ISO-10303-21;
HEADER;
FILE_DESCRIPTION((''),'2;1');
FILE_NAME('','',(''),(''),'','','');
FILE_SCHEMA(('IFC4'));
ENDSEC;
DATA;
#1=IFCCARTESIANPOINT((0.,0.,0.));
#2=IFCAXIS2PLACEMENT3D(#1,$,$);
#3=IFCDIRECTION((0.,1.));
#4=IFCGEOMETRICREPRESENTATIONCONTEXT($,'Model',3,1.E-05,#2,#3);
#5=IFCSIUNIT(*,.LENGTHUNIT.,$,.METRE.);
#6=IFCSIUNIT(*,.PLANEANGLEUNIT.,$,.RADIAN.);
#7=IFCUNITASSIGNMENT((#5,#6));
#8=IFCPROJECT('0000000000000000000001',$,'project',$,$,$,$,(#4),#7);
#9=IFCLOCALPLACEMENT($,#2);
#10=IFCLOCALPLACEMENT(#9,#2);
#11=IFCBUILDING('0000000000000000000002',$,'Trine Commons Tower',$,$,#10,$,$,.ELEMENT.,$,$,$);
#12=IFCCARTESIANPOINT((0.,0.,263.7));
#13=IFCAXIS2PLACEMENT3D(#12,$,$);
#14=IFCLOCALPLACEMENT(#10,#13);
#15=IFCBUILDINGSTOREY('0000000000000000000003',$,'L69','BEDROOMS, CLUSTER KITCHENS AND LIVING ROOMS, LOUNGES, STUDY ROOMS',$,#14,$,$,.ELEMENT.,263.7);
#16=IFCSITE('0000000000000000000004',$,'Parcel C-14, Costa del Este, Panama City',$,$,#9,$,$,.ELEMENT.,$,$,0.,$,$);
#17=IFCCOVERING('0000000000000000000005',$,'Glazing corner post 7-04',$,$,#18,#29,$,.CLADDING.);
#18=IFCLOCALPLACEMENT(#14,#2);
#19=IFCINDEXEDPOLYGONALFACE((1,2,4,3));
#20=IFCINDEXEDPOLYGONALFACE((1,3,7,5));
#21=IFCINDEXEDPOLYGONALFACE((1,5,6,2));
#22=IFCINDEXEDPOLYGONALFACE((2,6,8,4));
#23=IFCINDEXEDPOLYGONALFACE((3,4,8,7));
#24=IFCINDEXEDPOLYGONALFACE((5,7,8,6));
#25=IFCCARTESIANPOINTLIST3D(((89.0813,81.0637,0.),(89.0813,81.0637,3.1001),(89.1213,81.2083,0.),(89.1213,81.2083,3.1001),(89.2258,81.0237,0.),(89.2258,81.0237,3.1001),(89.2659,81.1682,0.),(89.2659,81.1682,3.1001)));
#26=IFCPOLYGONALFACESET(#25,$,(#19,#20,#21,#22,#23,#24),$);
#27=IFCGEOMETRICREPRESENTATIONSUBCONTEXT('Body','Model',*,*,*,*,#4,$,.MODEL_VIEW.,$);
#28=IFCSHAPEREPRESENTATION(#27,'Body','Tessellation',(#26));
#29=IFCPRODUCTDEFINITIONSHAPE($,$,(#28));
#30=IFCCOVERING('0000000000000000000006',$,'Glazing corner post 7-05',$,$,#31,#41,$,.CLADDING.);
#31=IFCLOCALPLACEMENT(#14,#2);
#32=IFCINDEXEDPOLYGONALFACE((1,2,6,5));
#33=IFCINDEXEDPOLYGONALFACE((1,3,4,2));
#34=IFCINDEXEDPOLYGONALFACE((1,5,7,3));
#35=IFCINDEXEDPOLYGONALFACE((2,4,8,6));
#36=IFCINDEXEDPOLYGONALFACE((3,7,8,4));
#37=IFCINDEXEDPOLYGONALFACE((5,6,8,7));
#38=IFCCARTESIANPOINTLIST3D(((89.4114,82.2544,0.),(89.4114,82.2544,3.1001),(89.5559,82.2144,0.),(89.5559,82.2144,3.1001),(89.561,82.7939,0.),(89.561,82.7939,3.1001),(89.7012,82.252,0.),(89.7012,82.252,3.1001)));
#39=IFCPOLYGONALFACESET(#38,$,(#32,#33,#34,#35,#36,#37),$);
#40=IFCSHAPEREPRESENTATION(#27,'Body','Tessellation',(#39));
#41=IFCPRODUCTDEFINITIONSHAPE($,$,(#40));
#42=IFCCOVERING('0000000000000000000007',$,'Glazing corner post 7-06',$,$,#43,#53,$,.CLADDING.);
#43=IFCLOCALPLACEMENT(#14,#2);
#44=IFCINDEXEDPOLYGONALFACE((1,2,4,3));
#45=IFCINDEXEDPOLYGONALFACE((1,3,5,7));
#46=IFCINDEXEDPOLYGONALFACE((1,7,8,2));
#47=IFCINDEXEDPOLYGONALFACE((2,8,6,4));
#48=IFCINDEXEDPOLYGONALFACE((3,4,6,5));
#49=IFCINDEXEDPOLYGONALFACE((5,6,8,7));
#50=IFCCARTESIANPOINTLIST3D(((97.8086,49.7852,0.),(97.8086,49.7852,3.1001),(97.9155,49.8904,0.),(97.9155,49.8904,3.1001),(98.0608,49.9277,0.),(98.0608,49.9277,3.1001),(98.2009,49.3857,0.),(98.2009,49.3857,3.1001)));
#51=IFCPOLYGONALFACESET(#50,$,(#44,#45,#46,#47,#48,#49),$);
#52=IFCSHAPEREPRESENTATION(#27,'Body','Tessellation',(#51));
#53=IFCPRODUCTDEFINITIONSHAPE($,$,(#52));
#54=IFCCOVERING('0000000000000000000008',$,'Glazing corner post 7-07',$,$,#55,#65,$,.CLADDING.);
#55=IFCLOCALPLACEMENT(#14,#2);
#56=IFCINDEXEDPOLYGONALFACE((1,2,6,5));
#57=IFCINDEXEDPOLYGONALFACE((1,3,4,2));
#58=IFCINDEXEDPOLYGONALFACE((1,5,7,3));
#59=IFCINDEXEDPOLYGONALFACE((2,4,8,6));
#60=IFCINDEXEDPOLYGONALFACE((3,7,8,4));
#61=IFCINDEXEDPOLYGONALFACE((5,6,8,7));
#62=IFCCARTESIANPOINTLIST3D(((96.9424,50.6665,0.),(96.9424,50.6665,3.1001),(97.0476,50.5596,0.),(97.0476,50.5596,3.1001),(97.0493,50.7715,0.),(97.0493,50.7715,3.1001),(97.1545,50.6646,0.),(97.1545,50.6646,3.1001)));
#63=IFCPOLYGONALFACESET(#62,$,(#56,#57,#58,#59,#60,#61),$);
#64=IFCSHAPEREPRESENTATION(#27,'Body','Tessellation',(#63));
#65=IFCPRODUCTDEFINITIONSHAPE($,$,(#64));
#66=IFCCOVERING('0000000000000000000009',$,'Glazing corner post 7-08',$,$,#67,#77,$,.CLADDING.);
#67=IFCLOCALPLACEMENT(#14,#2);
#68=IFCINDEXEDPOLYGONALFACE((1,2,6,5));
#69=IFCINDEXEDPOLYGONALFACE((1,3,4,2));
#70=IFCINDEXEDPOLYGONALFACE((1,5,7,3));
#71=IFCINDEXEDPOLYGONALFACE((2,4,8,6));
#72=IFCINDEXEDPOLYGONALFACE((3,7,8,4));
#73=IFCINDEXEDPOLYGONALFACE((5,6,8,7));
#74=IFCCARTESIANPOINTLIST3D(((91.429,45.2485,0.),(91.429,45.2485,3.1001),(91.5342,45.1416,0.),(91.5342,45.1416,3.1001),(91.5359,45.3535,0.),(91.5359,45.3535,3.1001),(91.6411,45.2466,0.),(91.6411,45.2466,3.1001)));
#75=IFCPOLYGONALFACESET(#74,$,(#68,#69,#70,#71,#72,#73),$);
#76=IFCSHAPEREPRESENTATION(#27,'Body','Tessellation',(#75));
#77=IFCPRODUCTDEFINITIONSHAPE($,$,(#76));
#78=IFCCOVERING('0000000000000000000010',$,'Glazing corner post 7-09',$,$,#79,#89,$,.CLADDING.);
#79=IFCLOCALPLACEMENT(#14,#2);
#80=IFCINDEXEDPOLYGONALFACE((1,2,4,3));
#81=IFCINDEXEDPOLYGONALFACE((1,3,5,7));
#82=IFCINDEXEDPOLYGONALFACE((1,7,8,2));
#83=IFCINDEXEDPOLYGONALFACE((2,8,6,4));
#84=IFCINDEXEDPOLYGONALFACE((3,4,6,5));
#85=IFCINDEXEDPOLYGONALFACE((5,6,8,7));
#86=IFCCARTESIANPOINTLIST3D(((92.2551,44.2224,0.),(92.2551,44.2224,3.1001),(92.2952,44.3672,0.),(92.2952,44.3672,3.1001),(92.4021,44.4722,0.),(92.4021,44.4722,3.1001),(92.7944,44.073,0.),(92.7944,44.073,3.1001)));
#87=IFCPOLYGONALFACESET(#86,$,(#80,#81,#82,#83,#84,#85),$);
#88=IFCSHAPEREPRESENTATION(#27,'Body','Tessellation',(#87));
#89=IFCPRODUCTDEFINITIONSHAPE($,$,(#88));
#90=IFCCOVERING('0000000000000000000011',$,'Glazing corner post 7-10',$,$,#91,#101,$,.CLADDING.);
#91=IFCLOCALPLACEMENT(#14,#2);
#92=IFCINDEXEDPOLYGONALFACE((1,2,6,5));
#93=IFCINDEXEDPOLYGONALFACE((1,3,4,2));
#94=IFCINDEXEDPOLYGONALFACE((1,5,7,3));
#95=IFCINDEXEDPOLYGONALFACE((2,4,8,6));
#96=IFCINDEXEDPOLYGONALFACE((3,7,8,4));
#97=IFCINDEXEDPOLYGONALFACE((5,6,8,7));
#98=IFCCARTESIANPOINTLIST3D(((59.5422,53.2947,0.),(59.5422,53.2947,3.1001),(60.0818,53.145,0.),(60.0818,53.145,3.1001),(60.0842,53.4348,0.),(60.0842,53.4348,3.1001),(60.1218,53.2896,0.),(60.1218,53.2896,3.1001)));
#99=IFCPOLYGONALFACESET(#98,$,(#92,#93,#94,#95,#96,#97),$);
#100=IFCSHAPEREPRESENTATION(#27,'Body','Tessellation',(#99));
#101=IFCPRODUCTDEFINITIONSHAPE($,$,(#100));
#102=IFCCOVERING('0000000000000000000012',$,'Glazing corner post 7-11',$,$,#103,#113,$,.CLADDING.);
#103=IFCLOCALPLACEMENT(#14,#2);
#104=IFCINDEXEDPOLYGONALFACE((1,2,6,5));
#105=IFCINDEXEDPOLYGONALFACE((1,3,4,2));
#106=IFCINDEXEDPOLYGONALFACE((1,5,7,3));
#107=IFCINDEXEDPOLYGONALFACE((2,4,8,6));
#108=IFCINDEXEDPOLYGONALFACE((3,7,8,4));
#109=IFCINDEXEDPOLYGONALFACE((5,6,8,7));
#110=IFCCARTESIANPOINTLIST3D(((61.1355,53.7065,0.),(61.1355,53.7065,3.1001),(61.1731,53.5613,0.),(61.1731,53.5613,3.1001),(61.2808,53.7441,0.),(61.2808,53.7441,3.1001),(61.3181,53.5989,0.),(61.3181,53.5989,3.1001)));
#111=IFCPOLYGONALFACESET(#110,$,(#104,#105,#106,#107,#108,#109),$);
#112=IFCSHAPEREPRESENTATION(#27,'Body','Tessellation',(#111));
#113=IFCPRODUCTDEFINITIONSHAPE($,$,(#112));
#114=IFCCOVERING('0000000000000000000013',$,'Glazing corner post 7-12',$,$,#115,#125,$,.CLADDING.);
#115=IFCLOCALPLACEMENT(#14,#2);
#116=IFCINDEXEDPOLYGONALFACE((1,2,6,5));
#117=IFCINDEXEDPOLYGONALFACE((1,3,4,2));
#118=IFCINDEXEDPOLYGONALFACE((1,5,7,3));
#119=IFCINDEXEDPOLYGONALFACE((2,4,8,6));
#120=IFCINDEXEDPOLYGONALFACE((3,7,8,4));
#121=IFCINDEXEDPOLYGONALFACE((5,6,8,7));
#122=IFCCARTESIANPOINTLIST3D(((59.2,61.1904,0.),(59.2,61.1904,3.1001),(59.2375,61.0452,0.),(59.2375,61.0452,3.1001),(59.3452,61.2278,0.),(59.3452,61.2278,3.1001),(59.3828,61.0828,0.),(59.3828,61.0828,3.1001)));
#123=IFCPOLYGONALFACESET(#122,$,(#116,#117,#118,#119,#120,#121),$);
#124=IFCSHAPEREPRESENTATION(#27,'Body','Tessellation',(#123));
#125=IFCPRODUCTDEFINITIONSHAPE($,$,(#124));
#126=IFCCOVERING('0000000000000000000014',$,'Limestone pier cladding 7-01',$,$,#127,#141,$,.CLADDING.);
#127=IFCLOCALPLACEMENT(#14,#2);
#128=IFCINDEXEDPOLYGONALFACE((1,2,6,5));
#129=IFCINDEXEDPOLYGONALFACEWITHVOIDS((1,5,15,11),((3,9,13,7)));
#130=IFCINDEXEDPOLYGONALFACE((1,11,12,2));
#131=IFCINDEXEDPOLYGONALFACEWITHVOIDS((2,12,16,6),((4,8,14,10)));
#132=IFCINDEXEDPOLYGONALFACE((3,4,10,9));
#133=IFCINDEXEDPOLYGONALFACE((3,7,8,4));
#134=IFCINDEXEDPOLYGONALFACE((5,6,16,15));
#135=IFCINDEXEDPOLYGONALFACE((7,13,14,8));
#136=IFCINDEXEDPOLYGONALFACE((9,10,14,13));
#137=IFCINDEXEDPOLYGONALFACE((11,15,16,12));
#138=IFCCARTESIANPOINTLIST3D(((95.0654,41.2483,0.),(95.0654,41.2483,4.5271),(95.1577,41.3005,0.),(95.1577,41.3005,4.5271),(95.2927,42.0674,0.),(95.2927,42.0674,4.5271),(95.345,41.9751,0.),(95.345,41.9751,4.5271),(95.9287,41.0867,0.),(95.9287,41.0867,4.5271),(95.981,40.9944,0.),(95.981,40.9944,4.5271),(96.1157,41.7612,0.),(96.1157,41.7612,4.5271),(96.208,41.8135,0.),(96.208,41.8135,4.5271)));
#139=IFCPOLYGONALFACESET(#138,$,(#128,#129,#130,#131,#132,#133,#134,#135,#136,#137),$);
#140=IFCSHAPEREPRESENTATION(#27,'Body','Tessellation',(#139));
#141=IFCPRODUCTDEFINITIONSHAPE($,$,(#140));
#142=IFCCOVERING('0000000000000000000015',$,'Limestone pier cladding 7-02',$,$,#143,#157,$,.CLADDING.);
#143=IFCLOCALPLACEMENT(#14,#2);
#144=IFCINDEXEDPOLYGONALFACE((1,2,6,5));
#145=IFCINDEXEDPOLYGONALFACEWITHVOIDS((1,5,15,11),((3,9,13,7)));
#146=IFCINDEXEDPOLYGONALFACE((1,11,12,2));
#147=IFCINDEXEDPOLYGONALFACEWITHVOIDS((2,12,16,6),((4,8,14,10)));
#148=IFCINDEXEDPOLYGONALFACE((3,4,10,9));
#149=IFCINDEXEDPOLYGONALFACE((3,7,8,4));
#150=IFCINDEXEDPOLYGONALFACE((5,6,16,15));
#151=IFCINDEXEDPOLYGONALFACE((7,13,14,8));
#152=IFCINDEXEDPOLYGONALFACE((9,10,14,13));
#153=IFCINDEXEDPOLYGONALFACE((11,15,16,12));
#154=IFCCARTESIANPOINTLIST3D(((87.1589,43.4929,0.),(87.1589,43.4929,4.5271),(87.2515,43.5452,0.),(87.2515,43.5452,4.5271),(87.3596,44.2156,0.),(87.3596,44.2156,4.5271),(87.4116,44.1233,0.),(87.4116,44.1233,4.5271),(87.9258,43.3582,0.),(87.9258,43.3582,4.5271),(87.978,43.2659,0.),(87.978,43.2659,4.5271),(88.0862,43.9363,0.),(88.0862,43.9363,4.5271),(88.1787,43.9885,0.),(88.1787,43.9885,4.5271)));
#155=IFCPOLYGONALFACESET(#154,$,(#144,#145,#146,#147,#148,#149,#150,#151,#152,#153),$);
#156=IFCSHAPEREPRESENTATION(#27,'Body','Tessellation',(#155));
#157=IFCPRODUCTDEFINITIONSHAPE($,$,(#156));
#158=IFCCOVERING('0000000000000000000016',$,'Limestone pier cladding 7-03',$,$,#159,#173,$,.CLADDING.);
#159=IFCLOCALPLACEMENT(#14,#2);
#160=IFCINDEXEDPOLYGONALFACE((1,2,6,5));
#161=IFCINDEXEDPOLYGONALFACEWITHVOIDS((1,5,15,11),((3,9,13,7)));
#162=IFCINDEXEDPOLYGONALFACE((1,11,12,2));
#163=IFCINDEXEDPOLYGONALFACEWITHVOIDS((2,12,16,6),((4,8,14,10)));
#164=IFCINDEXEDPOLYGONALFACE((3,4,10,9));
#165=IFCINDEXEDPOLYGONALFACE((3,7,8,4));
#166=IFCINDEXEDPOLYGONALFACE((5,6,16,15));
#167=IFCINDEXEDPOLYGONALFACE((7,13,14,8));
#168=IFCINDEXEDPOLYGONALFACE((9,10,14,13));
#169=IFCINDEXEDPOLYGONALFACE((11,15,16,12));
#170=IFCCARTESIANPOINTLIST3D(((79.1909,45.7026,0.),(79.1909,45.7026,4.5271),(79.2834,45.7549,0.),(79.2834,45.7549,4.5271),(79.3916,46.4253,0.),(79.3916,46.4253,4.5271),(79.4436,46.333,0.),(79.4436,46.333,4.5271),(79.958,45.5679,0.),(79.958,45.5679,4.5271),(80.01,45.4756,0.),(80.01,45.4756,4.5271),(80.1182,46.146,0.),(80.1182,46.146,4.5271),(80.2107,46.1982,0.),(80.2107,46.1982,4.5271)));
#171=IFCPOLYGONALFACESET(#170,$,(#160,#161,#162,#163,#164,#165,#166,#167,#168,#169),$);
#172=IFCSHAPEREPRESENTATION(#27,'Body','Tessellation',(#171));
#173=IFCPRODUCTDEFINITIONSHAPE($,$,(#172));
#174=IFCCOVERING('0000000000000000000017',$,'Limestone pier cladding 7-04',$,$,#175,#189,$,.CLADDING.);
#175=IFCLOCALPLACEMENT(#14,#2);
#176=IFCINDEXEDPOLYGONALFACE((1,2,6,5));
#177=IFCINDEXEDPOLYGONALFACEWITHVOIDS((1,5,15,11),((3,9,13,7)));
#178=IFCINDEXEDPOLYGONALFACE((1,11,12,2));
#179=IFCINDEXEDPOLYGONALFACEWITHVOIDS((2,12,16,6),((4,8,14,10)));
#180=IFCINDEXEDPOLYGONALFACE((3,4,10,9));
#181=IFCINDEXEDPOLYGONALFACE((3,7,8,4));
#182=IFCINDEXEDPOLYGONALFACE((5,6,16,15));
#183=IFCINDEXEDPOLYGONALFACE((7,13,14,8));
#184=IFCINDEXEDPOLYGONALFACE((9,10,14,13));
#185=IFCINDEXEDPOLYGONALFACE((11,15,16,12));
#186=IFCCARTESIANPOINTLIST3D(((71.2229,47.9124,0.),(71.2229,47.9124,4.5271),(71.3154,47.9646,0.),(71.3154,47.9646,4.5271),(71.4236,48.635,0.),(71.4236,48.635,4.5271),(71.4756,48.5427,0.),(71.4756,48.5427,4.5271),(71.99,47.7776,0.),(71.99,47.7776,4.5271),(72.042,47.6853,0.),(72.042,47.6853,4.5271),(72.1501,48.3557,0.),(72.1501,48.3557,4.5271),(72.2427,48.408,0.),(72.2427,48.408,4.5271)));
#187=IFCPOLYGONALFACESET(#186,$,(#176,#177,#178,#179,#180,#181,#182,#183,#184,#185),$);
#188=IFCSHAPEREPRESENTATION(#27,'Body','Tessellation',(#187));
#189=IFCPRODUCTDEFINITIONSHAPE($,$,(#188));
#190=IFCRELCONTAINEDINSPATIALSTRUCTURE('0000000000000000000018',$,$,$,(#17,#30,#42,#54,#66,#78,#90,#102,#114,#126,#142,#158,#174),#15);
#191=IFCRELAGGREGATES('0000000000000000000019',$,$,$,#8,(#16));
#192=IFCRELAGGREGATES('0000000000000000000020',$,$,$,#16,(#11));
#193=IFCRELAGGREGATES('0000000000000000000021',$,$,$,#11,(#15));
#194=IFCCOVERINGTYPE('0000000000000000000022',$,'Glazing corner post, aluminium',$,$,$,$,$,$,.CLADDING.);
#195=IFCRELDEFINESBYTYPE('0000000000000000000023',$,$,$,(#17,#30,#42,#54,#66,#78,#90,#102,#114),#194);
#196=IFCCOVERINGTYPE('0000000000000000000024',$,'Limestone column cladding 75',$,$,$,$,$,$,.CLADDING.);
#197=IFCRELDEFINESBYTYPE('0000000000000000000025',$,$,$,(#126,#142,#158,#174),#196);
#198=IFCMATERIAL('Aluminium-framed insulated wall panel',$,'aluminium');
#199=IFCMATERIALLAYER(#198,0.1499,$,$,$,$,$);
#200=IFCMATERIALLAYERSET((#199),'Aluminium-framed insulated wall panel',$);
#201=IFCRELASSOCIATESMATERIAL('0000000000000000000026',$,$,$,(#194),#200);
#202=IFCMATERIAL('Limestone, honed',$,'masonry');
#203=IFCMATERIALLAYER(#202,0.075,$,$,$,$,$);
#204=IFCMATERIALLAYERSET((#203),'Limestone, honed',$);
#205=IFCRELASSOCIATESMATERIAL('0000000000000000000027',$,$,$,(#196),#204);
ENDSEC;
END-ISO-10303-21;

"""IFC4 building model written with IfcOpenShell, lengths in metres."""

from ifc_helpers import new_model, si_unit, direction, frame, origin, place, context, subcontext, project, spatial, polyline, outline, extrude, material, layer, layer_set, type_object, element, save


model = new_model("IFC4")

# Units and contexts
model_context = context("Model", 3, precision=1e-05, world=origin(), true_north=direction((0.0, 1.0)))
body_context = subcontext(model_context, "Body", "Model", "MODEL_VIEW")
ifc_project = project(units=[si_unit("LENGTHUNIT", "METRE"), si_unit("PLANEANGLEUNIT", "RADIAN")], contexts=[model_context])

# Site, building, storey
site_placement = place(None, origin())
site = spatial("IfcSite", under=ifc_project, at=site_placement, Name="Parcel C-14, Costa del Este, Panama City", CompositionType="ELEMENT", RefElevation=0.0)
building_placement = place(site_placement, origin())
building = spatial("IfcBuilding", under=site, at=building_placement, Name="Trine Commons Tower", CompositionType="ELEMENT")
storey_placement = place(building_placement, frame((0.0, 0.0, 263.7)))
storey = spatial("IfcBuildingStorey", under=building, at=storey_placement, Name="L69", Description="BEDROOMS, CLUSTER KITCHENS AND LIVING ROOMS, LOUNGES, STUDY ROOMS", CompositionType="ELEMENT", Elevation=263.7)

# Coverings
ifc_material_1 = material(Name="Aluminium-framed insulated wall panel", Category="aluminium")
ifc_layer_1 = layer(ifc_material_1, 0.1499)
ifc_layer_set_1 = layer_set([ifc_layer_1], Name="Aluminium-framed insulated wall panel")
covering_type_1 = type_object("IfcCoveringType", Name="Glazing corner post, aluminium", PredefinedType="CLADDING", material=ifc_layer_set_1)
covering_1_placement = place(storey_placement, origin())
element("IfcCovering", 1, at=covering_1_placement, inside=storey, type_object=covering_type_1, Name="Glazing corner post 7-04", PredefinedType="CLADDING", context=body_context, shape_type="SweptSolid", body=[
    extrude(outline(polyline([(89.0813, 81.0637), (89.2258, 81.0237), (89.2659, 81.1682), (89.1213, 81.2083), (89.0813, 81.0637)])), origin(), (0.0, 0.0, 1.0), 3.1001),
])
covering_2_placement = place(storey_placement, origin())
element("IfcCovering", 2, at=covering_2_placement, inside=storey, type_object=covering_type_1, Name="Glazing corner post 7-05", PredefinedType="CLADDING", context=body_context, shape_type="SweptSolid", body=[
    extrude(outline(polyline([(89.4114, 82.2544), (89.5559, 82.2144), (89.7012, 82.252), (89.561, 82.7939), (89.4114, 82.2544)])), origin(), (0.0, 0.0, 1.0), 3.1001),
])
covering_3_placement = place(storey_placement, origin())
element("IfcCovering", 3, at=covering_3_placement, inside=storey, type_object=covering_type_1, Name="Glazing corner post 7-06", PredefinedType="CLADDING", context=body_context, shape_type="SweptSolid", body=[
    extrude(outline(polyline([(97.8086, 49.7852), (98.2009, 49.3857), (98.0608, 49.9277), (97.9155, 49.8904), (97.9155, 49.8904), (97.8086, 49.7852)])), origin(), (0.0, 0.0, 1.0), 3.1001),
])
covering_4_placement = place(storey_placement, origin())
element("IfcCovering", 4, at=covering_4_placement, inside=storey, type_object=covering_type_1, Name="Glazing corner post 7-07", PredefinedType="CLADDING", context=body_context, shape_type="SweptSolid", body=[
    extrude(outline(polyline([(96.9424, 50.6665), (97.0476, 50.5596), (97.1545, 50.6646), (97.0493, 50.7715), (96.9424, 50.6665)])), origin(), (0.0, 0.0, 1.0), 3.1001),
])
covering_5_placement = place(storey_placement, origin())
element("IfcCovering", 5, at=covering_5_placement, inside=storey, type_object=covering_type_1, Name="Glazing corner post 7-08", PredefinedType="CLADDING", context=body_context, shape_type="SweptSolid", body=[
    extrude(outline(polyline([(91.5342, 45.1416), (91.6411, 45.2466), (91.5359, 45.3535), (91.429, 45.2485), (91.5342, 45.1416)])), origin(), (0.0, 0.0, 1.0), 3.1001),
])
covering_6_placement = place(storey_placement, origin())
element("IfcCovering", 6, at=covering_6_placement, inside=storey, type_object=covering_type_1, Name="Glazing corner post 7-09", PredefinedType="CLADDING", context=body_context, shape_type="SweptSolid", body=[
    extrude(outline(polyline([(92.2551, 44.2224), (92.7944, 44.073), (92.4021, 44.4722), (92.2952, 44.3672), (92.2551, 44.2224)])), origin(), (0.0, 0.0, 1.0), 3.1001),
])
covering_7_placement = place(storey_placement, origin())
element("IfcCovering", 7, at=covering_7_placement, inside=storey, type_object=covering_type_1, Name="Glazing corner post 7-10", PredefinedType="CLADDING", context=body_context, shape_type="SweptSolid", body=[
    extrude(outline(polyline([(60.0818, 53.145), (60.1218, 53.2896), (60.0842, 53.4348), (59.5422, 53.2947), (60.0818, 53.145)])), origin(), (0.0, 0.0, 1.0), 3.1001),
])
covering_8_placement = place(storey_placement, origin())
element("IfcCovering", 8, at=covering_8_placement, inside=storey, type_object=covering_type_1, Name="Glazing corner post 7-11", PredefinedType="CLADDING", context=body_context, shape_type="SweptSolid", body=[
    extrude(outline(polyline([(61.1355, 53.7065), (61.1355, 53.7065), (61.1731, 53.5613), (61.3181, 53.5989), (61.2808, 53.7441), (61.1355, 53.7065)])), origin(), (0.0, 0.0, 1.0), 3.1001),
])
covering_9_placement = place(storey_placement, origin())
element("IfcCovering", 9, at=covering_9_placement, inside=storey, type_object=covering_type_1, Name="Glazing corner post 7-12", PredefinedType="CLADDING", context=body_context, shape_type="SweptSolid", body=[
    extrude(outline(polyline([(59.2, 61.1904), (59.2375, 61.0452), (59.3828, 61.0828), (59.3452, 61.2278), (59.2, 61.1904)])), origin(), (0.0, 0.0, 1.0), 3.1001),
])
ifc_material_2 = material(Name="Limestone, honed", Category="masonry")
ifc_layer_2 = layer(ifc_material_2, 0.075)
ifc_layer_set_2 = layer_set([ifc_layer_2], Name="Limestone, honed")
covering_type_2 = type_object("IfcCoveringType", Name="Limestone column cladding 75", PredefinedType="CLADDING", material=ifc_layer_set_2)
covering_10_placement = place(storey_placement, origin())
element("IfcCovering", 10, at=covering_10_placement, inside=storey, type_object=covering_type_2, Name="Limestone pier cladding 7-01", PredefinedType="CLADDING", context=body_context, shape_type="SweptSolid", body=[
    extrude(outline(polyline([(95.2927, 42.0674), (95.0654, 41.2483), (95.981, 40.9944), (96.208, 41.8135), (95.2927, 42.0674)]), holes=[polyline([(95.345, 41.9751), (95.1577, 41.3005), (95.9287, 41.0867), (96.1157, 41.7612), (95.345, 41.9751)])]), origin(), (0.0, 0.0, 1.0), 4.5271),
])
covering_11_placement = place(storey_placement, origin())
element("IfcCovering", 11, at=covering_11_placement, inside=storey, type_object=covering_type_2, Name="Limestone pier cladding 7-02", PredefinedType="CLADDING", context=body_context, shape_type="SweptSolid", body=[
    extrude(outline(polyline([(87.3596, 44.2156), (87.1589, 43.4929), (87.978, 43.2659), (88.1787, 43.9885), (87.3596, 44.2156)]), holes=[polyline([(87.4116, 44.1233), (87.2515, 43.5452), (87.9258, 43.3582), (88.0862, 43.9363), (87.4116, 44.1233)])]), origin(), (0.0, 0.0, 1.0), 4.5271),
])
covering_12_placement = place(storey_placement, origin())
element("IfcCovering", 12, at=covering_12_placement, inside=storey, type_object=covering_type_2, Name="Limestone pier cladding 7-03", PredefinedType="CLADDING", context=body_context, shape_type="SweptSolid", body=[
    extrude(outline(polyline([(79.3916, 46.4253), (79.1909, 45.7026), (80.01, 45.4756), (80.2107, 46.1982), (79.3916, 46.4253)]), holes=[polyline([(79.4436, 46.333), (79.2834, 45.7549), (79.958, 45.5679), (80.1182, 46.146), (79.4436, 46.333)])]), origin(), (0.0, 0.0, 1.0), 4.5271),
])
covering_13_placement = place(storey_placement, origin())
element("IfcCovering", 13, at=covering_13_placement, inside=storey, type_object=covering_type_2, Name="Limestone pier cladding 7-04", PredefinedType="CLADDING", context=body_context, shape_type="SweptSolid", body=[
    extrude(outline(polyline([(71.4236, 48.635), (71.2229, 47.9124), (72.042, 47.6853), (72.2427, 48.408), (71.4236, 48.635)]), holes=[polyline([(71.4756, 48.5427), (71.3154, 47.9646), (71.99, 47.7776), (72.1501, 48.3557), (71.4756, 48.5427)])]), origin(), (0.0, 0.0, 1.0), 4.5271),
])

save(model, "model.ifc")
